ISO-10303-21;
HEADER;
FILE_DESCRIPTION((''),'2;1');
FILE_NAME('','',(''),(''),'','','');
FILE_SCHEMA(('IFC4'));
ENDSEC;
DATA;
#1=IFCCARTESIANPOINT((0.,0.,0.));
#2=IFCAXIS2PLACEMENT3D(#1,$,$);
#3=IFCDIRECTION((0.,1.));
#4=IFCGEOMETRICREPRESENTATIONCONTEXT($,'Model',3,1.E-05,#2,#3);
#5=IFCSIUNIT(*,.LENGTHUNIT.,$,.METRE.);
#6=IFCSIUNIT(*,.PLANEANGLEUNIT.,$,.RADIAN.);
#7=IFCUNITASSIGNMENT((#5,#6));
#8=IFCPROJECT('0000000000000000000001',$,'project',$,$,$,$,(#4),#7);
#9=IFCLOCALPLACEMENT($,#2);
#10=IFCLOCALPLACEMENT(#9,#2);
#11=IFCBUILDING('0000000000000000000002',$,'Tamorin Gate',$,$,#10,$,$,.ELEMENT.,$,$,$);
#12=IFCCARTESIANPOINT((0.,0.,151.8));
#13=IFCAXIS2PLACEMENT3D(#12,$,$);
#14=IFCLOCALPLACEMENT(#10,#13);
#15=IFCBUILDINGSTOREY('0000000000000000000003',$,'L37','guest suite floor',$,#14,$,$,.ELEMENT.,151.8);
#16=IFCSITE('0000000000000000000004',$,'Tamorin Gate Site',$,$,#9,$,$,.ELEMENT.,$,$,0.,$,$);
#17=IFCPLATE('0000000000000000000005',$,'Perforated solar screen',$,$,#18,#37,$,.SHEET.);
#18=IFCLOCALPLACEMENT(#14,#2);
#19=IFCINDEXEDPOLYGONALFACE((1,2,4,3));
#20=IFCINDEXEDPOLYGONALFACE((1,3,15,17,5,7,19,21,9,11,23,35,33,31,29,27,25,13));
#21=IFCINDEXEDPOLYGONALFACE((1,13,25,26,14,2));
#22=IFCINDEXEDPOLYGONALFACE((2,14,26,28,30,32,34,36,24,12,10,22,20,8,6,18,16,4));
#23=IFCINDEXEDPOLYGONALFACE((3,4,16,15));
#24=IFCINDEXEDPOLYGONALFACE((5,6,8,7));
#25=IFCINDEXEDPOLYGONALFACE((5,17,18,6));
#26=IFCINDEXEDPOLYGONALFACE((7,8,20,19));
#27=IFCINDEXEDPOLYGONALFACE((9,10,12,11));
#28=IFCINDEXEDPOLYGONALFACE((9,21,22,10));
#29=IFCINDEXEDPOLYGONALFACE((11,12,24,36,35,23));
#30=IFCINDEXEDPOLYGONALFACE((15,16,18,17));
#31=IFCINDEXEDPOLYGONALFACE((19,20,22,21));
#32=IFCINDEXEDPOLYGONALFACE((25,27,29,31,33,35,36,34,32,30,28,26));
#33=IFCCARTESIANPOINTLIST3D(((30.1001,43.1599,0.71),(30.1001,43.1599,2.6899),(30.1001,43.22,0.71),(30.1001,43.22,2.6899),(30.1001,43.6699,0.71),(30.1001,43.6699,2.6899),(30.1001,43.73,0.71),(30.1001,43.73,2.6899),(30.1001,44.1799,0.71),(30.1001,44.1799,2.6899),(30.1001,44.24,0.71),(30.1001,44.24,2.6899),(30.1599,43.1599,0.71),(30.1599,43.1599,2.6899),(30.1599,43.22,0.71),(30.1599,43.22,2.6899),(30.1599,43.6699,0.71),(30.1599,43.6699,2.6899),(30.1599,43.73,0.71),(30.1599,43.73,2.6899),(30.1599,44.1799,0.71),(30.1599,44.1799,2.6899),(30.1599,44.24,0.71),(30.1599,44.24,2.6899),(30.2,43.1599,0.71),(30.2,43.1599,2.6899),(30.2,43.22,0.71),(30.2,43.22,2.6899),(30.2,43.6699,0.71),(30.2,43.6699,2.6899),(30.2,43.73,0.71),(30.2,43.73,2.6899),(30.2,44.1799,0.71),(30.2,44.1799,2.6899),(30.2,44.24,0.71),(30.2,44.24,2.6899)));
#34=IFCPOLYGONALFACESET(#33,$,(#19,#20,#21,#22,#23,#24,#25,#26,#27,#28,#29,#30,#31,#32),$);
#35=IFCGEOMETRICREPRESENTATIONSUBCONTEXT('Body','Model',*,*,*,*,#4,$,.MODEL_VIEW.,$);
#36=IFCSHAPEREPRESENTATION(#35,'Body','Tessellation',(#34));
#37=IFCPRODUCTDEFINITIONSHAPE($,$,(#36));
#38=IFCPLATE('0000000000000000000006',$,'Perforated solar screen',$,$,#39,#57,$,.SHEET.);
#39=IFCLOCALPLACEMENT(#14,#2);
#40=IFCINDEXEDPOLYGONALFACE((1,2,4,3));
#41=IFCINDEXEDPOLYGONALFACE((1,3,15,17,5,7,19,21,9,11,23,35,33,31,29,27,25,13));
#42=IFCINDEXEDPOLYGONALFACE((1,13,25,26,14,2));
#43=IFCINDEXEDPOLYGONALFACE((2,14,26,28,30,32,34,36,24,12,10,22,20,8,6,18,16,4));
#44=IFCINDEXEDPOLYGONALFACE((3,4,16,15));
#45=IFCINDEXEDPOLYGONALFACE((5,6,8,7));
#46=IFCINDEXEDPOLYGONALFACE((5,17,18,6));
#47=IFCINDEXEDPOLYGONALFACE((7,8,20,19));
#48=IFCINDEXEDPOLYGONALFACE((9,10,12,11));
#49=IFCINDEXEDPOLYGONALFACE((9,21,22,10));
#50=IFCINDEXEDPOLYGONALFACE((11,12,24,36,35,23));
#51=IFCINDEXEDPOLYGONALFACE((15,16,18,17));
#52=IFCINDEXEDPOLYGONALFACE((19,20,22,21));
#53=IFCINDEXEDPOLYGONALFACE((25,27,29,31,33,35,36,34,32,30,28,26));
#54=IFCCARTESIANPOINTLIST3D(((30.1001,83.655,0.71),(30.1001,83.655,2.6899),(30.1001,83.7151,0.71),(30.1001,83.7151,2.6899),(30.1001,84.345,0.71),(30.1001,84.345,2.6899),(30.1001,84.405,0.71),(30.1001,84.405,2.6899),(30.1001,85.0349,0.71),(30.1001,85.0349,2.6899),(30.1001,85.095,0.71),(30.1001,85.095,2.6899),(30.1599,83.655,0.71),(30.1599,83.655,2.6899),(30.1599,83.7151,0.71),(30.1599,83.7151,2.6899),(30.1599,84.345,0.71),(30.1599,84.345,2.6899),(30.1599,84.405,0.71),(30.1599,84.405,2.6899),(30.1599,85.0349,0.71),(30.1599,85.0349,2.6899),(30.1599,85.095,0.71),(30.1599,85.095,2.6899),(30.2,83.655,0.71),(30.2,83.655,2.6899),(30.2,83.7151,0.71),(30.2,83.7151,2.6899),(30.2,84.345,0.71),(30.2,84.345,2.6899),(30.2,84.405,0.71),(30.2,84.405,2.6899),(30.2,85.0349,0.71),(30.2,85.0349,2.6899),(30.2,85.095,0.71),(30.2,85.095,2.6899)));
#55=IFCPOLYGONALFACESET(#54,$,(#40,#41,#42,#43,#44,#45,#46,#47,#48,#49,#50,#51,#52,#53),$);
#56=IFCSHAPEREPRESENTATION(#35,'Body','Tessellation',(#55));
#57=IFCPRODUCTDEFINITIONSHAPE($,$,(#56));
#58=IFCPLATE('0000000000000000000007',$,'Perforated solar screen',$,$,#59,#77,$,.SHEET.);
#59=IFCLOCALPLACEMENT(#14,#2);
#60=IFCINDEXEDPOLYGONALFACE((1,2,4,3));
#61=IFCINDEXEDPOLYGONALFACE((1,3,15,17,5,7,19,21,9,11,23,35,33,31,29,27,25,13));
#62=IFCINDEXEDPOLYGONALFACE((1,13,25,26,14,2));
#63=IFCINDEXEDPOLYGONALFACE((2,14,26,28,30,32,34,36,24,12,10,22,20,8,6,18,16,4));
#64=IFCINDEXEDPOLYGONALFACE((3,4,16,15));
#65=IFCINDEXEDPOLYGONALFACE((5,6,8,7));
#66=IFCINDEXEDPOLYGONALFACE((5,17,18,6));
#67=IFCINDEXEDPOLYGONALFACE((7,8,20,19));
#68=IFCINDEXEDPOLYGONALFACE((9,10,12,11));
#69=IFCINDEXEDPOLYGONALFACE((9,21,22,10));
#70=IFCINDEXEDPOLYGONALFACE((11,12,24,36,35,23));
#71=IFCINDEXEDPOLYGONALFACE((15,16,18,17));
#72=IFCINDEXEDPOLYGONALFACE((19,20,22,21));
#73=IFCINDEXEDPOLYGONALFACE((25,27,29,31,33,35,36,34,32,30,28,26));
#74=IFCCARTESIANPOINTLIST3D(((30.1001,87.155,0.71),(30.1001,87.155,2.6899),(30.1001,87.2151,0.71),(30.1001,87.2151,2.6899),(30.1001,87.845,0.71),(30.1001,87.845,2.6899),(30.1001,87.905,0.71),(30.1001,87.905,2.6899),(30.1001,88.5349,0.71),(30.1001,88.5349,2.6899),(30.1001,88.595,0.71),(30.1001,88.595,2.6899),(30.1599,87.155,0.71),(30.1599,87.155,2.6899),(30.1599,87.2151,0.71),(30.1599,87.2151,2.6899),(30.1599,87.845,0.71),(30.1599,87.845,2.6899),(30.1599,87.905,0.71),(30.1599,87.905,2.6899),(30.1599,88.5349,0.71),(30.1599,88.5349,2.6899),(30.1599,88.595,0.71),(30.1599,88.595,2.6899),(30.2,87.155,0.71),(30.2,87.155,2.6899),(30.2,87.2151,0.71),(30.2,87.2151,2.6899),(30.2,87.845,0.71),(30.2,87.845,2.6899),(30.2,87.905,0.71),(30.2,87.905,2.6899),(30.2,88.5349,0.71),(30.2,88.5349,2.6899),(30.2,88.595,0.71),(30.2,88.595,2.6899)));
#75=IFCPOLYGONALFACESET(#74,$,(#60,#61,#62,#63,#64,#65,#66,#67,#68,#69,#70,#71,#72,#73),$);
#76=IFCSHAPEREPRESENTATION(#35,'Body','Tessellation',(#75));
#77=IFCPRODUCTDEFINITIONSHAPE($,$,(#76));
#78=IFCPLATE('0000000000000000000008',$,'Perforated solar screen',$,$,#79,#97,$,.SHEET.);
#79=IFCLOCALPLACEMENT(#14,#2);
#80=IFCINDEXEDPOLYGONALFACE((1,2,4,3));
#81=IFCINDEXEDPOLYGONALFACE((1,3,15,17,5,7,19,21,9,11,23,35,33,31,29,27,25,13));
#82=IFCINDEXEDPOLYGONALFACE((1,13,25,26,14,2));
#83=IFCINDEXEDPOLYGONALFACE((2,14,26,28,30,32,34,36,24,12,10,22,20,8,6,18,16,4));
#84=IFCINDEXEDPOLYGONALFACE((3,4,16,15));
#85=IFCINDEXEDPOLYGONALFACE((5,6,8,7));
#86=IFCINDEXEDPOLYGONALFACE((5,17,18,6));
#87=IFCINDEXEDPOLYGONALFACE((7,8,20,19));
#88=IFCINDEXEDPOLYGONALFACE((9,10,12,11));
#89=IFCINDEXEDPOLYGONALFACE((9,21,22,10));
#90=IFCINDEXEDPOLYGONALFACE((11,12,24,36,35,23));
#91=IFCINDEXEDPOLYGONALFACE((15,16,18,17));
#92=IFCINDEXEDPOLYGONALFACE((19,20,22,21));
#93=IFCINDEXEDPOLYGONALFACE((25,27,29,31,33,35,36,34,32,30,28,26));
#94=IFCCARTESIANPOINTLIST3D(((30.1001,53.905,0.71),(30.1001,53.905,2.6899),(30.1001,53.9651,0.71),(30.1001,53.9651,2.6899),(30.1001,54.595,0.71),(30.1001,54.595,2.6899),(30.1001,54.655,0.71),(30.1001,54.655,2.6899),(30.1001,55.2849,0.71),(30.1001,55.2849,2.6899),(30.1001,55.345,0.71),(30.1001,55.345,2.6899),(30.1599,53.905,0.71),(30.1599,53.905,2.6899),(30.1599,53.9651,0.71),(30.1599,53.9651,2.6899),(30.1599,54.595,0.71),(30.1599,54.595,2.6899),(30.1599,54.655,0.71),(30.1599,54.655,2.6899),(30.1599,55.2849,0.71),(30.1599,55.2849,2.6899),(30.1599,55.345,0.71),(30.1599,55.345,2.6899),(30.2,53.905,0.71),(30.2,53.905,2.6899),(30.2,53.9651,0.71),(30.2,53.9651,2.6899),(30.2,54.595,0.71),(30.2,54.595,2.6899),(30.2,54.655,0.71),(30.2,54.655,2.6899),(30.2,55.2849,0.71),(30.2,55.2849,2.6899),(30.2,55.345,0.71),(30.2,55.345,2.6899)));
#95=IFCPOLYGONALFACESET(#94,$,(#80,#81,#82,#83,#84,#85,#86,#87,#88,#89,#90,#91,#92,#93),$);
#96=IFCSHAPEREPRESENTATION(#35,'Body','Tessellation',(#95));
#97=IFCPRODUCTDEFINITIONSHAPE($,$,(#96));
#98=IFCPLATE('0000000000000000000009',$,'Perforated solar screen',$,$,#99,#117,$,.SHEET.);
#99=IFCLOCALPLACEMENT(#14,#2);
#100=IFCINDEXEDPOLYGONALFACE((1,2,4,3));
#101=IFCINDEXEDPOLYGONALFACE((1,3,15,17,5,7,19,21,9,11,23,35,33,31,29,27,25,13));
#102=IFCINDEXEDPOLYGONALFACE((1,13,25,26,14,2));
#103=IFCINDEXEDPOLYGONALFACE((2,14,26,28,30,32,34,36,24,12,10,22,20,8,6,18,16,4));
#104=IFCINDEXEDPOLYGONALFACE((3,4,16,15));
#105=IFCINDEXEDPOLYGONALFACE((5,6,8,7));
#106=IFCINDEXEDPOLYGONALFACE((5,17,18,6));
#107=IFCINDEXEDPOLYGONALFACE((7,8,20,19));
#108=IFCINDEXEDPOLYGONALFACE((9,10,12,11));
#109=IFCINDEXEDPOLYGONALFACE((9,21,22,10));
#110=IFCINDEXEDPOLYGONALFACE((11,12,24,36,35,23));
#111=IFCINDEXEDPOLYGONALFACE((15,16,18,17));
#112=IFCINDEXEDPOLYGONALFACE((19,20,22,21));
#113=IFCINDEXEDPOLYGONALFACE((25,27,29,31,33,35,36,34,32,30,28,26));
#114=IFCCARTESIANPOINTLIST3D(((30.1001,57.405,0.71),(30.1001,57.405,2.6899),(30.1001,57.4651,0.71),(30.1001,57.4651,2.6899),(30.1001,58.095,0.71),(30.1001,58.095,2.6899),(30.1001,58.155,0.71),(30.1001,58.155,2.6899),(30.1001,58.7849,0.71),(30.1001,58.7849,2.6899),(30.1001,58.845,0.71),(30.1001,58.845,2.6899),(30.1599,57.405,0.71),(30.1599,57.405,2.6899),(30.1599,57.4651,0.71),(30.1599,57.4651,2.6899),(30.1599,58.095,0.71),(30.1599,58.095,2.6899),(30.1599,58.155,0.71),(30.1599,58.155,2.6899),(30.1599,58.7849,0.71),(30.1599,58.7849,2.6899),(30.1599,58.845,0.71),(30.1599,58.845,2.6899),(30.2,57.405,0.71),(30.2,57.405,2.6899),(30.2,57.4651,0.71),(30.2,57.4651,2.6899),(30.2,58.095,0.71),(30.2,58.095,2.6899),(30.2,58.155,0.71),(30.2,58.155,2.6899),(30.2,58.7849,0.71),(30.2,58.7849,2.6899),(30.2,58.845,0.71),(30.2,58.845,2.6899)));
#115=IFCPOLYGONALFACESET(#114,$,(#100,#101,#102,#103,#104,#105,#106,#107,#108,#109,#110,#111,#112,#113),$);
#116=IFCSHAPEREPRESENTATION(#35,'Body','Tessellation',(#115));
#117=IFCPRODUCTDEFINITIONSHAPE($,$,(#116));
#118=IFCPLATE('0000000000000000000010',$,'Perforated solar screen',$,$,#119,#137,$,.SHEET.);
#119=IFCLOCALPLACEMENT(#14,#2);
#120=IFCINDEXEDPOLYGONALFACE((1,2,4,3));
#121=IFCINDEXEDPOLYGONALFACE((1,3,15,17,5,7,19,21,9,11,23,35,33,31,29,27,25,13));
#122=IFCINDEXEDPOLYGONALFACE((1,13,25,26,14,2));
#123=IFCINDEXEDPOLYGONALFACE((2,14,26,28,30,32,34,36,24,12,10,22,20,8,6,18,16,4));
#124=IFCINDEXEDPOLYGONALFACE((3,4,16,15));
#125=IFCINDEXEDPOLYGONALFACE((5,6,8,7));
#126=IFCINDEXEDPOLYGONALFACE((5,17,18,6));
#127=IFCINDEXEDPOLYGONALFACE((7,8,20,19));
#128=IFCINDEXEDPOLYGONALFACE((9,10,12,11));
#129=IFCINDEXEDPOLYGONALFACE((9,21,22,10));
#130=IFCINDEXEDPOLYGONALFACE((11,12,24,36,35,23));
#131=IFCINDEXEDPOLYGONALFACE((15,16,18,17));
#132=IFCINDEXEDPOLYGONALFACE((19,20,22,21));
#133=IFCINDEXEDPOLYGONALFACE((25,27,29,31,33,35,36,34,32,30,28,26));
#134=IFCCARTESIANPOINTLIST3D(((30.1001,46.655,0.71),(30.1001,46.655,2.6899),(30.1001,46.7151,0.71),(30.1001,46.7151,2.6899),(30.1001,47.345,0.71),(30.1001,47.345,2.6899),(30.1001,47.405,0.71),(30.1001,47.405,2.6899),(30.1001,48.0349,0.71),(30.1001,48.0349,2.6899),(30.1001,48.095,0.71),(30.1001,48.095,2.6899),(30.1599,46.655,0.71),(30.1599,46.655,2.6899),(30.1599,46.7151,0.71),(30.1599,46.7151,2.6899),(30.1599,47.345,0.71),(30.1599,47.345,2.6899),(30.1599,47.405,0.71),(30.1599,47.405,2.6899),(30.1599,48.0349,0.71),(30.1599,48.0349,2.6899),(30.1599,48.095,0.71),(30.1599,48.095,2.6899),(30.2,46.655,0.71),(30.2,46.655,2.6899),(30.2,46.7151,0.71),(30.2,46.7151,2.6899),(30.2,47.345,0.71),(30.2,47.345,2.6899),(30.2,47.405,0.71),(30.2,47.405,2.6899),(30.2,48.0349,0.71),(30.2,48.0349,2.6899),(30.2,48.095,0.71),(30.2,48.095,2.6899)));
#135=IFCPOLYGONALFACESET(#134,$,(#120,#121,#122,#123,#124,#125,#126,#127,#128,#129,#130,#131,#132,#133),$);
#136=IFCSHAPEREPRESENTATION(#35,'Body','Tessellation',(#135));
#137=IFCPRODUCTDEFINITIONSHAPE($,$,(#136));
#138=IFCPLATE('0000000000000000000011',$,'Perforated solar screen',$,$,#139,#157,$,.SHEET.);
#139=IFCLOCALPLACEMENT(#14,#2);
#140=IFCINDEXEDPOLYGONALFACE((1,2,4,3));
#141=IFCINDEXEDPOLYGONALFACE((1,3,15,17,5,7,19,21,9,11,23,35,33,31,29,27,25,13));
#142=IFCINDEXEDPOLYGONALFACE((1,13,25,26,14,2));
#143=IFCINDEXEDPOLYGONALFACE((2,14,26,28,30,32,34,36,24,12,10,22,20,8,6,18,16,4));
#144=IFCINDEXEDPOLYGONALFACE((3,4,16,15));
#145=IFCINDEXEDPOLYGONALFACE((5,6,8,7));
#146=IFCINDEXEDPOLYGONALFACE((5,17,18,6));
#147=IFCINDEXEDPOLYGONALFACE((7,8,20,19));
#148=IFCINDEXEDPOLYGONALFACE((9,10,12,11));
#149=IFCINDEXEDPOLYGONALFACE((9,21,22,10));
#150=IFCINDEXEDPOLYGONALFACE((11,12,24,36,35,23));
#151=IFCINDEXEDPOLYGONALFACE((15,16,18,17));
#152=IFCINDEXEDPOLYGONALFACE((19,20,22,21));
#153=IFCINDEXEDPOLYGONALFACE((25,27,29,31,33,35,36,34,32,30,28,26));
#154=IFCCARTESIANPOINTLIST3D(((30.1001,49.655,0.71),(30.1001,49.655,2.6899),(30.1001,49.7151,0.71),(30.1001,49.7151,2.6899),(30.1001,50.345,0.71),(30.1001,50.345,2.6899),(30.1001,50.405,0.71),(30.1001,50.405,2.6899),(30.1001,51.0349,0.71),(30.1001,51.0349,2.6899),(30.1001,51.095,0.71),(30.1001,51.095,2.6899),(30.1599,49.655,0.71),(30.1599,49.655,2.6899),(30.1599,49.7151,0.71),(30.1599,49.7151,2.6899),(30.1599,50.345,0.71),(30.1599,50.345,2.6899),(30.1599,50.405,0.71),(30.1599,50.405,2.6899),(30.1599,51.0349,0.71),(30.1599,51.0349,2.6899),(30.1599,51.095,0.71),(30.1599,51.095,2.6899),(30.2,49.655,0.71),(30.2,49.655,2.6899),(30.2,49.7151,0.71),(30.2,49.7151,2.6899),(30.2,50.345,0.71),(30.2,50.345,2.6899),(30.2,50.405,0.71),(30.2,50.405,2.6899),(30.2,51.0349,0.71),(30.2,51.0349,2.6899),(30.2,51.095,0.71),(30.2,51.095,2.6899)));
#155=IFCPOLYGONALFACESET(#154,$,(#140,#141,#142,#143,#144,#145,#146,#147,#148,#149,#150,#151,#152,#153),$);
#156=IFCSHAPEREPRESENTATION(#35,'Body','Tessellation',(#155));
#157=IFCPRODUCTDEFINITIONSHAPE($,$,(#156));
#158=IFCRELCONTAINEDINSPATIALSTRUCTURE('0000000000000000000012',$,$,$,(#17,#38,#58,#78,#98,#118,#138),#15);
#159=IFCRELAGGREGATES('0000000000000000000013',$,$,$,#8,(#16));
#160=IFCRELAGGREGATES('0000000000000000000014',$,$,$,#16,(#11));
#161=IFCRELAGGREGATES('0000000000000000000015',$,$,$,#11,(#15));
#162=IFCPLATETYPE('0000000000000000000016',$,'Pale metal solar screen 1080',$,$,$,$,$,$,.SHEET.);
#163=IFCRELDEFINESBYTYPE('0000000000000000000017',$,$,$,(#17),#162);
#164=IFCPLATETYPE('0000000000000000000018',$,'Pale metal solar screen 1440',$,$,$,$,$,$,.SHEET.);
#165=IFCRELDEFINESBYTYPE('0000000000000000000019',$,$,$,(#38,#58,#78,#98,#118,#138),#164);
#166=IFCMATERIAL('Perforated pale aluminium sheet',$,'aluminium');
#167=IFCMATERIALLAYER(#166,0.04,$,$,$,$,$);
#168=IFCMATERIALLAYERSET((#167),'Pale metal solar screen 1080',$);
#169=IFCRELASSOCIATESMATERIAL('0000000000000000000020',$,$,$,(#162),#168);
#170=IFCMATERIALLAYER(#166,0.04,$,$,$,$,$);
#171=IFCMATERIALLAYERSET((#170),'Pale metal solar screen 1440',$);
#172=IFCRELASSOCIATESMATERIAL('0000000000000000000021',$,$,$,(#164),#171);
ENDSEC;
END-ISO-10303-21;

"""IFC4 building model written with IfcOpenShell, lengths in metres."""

from ifc_helpers import new_model, si_unit, direction, frame, origin, place, context, subcontext, project, spatial, polyline, outline, extrude, material, layer, layer_set, type_object, element, save


model = new_model("IFC4")

# Units and contexts
model_context = context("Model", 3, precision=1e-05, world=origin(), true_north=direction((0.0, 1.0)))
body_context = subcontext(model_context, "Body", "Model", "MODEL_VIEW")
ifc_project = project(units=[si_unit("LENGTHUNIT", "METRE"), si_unit("PLANEANGLEUNIT", "RADIAN")], contexts=[model_context])

# Site, building, storey
site_placement = place(None, origin())
site = spatial("IfcSite", under=ifc_project, at=site_placement, Name="Tamorin Gate Site", CompositionType="ELEMENT", RefElevation=0.0)
building_placement = place(site_placement, origin())
building = spatial("IfcBuilding", under=site, at=building_placement, Name="Tamorin Gate", CompositionType="ELEMENT")
storey_placement = place(building_placement, frame((0.0, 0.0, 151.8)))
storey = spatial("IfcBuildingStorey", under=building, at=storey_placement, Name="L37", Description="guest suite floor", CompositionType="ELEMENT", Elevation=151.8)

# Plates
ifc_material_1 = material(Name="Perforated pale aluminium sheet", Category="aluminium")
ifc_layer_1 = layer(ifc_material_1, 0.04)
ifc_layer_set_1 = layer_set([ifc_layer_1], Name="Pale metal solar screen 1080")
plate_type_1 = type_object("IfcPlateType", Name="Pale metal solar screen 1080", PredefinedType="SHEET", material=ifc_layer_set_1)
plate_1_placement = place(storey_placement, frame((0.0, 0.0, 0.71)))
element("IfcPlate", 1, at=plate_1_placement, inside=storey, type_object=plate_type_1, Name="Perforated solar screen", PredefinedType="SHEET", context=body_context, shape_type="SweptSolid", body=[
    extrude(outline(polyline([(30.1599, 44.24), (30.2, 44.24), (30.2, 44.1799), (30.2, 43.73), (30.2, 43.6699), (30.2, 43.22), (30.2, 43.1599), (30.1599, 43.1599), (30.1001, 43.1599), (30.1001, 43.22), (30.1599, 43.22), (30.1599, 43.6699), (30.1001, 43.6699), (30.1001, 43.73), (30.1599, 43.73), (30.1599, 44.1799), (30.1001, 44.1799), (30.1001, 44.24), (30.1599, 44.24)])), origin(), (0.0, 0.0, 1.0), 1.98),
])
ifc_layer_2 = layer(ifc_material_1, 0.04)
ifc_layer_set_2 = layer_set([ifc_layer_2], Name="Pale metal solar screen 1440")
plate_type_2 = type_object("IfcPlateType", Name="Pale metal solar screen 1440", PredefinedType="SHEET", material=ifc_layer_set_2)
plate_2_placement = place(storey_placement, frame((0.0, 0.0, 0.71)))
element("IfcPlate", 2, at=plate_2_placement, inside=storey, type_object=plate_type_2, Name="Perforated solar screen", PredefinedType="SHEET", context=body_context, shape_type="SweptSolid", body=[
    extrude(outline(polyline([(30.1599, 85.095), (30.2, 85.095), (30.2, 85.0349), (30.2, 84.405), (30.2, 84.345), (30.2, 83.7151), (30.2, 83.655), (30.1599, 83.655), (30.1001, 83.655), (30.1001, 83.7151), (30.1599, 83.7151), (30.1599, 84.345), (30.1001, 84.345), (30.1001, 84.405), (30.1599, 84.405), (30.1599, 85.0349), (30.1001, 85.0349), (30.1001, 85.095), (30.1599, 85.095)])), origin(), (0.0, 0.0, 1.0), 1.98),
])
plate_3_placement = place(storey_placement, frame((0.0, 0.0, 0.71)))
element("IfcPlate", 3, at=plate_3_placement, inside=storey, type_object=plate_type_2, Name="Perforated solar screen", PredefinedType="SHEET", context=body_context, shape_type="SweptSolid", body=[
    extrude(outline(polyline([(30.1599, 88.595), (30.2, 88.595), (30.2, 88.5349), (30.2, 87.905), (30.2, 87.845), (30.2, 87.2151), (30.2, 87.155), (30.1599, 87.155), (30.1001, 87.155), (30.1001, 87.2151), (30.1599, 87.2151), (30.1599, 87.845), (30.1001, 87.845), (30.1001, 87.905), (30.1599, 87.905), (30.1599, 88.5349), (30.1001, 88.5349), (30.1001, 88.595), (30.1599, 88.595)])), origin(), (0.0, 0.0, 1.0), 1.98),
])
plate_4_placement = place(storey_placement, frame((0.0, 0.0, 0.71)))
element("IfcPlate", 4, at=plate_4_placement, inside=storey, type_object=plate_type_2, Name="Perforated solar screen", PredefinedType="SHEET", context=body_context, shape_type="SweptSolid", body=[
    extrude(outline(polyline([(30.1599, 55.345), (30.2, 55.345), (30.2, 55.2849), (30.2, 54.655), (30.2, 54.595), (30.2, 53.9651), (30.2, 53.905), (30.1599, 53.905), (30.1001, 53.905), (30.1001, 53.9651), (30.1599, 53.9651), (30.1599, 54.595), (30.1001, 54.595), (30.1001, 54.655), (30.1599, 54.655), (30.1599, 55.2849), (30.1001, 55.2849), (30.1001, 55.345), (30.1599, 55.345)])), origin(), (0.0, 0.0, 1.0), 1.98),
])
plate_5_placement = place(storey_placement, frame((0.0, 0.0, 0.71)))
element("IfcPlate", 5, at=plate_5_placement, inside=storey, type_object=plate_type_2, Name="Perforated solar screen", PredefinedType="SHEET", context=body_context, shape_type="SweptSolid", body=[
    extrude(outline(polyline([(30.1599, 58.845), (30.2, 58.845), (30.2, 58.7849), (30.2, 58.155), (30.2, 58.095), (30.2, 57.4651), (30.2, 57.405), (30.1599, 57.405), (30.1001, 57.405), (30.1001, 57.4651), (30.1599, 57.4651), (30.1599, 58.095), (30.1001, 58.095), (30.1001, 58.155), (30.1599, 58.155), (30.1599, 58.7849), (30.1001, 58.7849), (30.1001, 58.845), (30.1599, 58.845)])), origin(), (0.0, 0.0, 1.0), 1.98),
])
plate_6_placement = place(storey_placement, frame((0.0, 0.0, 0.71)))
element("IfcPlate", 6, at=plate_6_placement, inside=storey, type_object=plate_type_2, Name="Perforated solar screen", PredefinedType="SHEET", context=body_context, shape_type="SweptSolid", body=[
    extrude(outline(polyline([(30.1599, 48.095), (30.2, 48.095), (30.2, 48.0349), (30.2, 47.405), (30.2, 47.345), (30.2, 46.7151), (30.2, 46.655), (30.1599, 46.655), (30.1001, 46.655), (30.1001, 46.7151), (30.1599, 46.7151), (30.1599, 47.345), (30.1001, 47.345), (30.1001, 47.405), (30.1599, 47.405), (30.1599, 48.0349), (30.1001, 48.0349), (30.1001, 48.095), (30.1599, 48.095)])), origin(), (0.0, 0.0, 1.0), 1.98),
])
plate_7_placement = place(storey_placement, frame((0.0, 0.0, 0.71)))
element("IfcPlate", 7, at=plate_7_placement, inside=storey, type_object=plate_type_2, Name="Perforated solar screen", PredefinedType="SHEET", context=body_context, shape_type="SweptSolid", body=[
    extrude(outline(polyline([(30.1599, 51.095), (30.2, 51.095), (30.2, 51.0349), (30.2, 50.405), (30.2, 50.345), (30.2, 49.7151), (30.2, 49.655), (30.1599, 49.655), (30.1001, 49.655), (30.1001, 49.7151), (30.1599, 49.7151), (30.1599, 50.345), (30.1001, 50.345), (30.1001, 50.405), (30.1599, 50.405), (30.1599, 51.0349), (30.1001, 51.0349), (30.1001, 51.095), (30.1599, 51.095)])), origin(), (0.0, 0.0, 1.0), 1.98),
])

save(model, "model.ifc")
